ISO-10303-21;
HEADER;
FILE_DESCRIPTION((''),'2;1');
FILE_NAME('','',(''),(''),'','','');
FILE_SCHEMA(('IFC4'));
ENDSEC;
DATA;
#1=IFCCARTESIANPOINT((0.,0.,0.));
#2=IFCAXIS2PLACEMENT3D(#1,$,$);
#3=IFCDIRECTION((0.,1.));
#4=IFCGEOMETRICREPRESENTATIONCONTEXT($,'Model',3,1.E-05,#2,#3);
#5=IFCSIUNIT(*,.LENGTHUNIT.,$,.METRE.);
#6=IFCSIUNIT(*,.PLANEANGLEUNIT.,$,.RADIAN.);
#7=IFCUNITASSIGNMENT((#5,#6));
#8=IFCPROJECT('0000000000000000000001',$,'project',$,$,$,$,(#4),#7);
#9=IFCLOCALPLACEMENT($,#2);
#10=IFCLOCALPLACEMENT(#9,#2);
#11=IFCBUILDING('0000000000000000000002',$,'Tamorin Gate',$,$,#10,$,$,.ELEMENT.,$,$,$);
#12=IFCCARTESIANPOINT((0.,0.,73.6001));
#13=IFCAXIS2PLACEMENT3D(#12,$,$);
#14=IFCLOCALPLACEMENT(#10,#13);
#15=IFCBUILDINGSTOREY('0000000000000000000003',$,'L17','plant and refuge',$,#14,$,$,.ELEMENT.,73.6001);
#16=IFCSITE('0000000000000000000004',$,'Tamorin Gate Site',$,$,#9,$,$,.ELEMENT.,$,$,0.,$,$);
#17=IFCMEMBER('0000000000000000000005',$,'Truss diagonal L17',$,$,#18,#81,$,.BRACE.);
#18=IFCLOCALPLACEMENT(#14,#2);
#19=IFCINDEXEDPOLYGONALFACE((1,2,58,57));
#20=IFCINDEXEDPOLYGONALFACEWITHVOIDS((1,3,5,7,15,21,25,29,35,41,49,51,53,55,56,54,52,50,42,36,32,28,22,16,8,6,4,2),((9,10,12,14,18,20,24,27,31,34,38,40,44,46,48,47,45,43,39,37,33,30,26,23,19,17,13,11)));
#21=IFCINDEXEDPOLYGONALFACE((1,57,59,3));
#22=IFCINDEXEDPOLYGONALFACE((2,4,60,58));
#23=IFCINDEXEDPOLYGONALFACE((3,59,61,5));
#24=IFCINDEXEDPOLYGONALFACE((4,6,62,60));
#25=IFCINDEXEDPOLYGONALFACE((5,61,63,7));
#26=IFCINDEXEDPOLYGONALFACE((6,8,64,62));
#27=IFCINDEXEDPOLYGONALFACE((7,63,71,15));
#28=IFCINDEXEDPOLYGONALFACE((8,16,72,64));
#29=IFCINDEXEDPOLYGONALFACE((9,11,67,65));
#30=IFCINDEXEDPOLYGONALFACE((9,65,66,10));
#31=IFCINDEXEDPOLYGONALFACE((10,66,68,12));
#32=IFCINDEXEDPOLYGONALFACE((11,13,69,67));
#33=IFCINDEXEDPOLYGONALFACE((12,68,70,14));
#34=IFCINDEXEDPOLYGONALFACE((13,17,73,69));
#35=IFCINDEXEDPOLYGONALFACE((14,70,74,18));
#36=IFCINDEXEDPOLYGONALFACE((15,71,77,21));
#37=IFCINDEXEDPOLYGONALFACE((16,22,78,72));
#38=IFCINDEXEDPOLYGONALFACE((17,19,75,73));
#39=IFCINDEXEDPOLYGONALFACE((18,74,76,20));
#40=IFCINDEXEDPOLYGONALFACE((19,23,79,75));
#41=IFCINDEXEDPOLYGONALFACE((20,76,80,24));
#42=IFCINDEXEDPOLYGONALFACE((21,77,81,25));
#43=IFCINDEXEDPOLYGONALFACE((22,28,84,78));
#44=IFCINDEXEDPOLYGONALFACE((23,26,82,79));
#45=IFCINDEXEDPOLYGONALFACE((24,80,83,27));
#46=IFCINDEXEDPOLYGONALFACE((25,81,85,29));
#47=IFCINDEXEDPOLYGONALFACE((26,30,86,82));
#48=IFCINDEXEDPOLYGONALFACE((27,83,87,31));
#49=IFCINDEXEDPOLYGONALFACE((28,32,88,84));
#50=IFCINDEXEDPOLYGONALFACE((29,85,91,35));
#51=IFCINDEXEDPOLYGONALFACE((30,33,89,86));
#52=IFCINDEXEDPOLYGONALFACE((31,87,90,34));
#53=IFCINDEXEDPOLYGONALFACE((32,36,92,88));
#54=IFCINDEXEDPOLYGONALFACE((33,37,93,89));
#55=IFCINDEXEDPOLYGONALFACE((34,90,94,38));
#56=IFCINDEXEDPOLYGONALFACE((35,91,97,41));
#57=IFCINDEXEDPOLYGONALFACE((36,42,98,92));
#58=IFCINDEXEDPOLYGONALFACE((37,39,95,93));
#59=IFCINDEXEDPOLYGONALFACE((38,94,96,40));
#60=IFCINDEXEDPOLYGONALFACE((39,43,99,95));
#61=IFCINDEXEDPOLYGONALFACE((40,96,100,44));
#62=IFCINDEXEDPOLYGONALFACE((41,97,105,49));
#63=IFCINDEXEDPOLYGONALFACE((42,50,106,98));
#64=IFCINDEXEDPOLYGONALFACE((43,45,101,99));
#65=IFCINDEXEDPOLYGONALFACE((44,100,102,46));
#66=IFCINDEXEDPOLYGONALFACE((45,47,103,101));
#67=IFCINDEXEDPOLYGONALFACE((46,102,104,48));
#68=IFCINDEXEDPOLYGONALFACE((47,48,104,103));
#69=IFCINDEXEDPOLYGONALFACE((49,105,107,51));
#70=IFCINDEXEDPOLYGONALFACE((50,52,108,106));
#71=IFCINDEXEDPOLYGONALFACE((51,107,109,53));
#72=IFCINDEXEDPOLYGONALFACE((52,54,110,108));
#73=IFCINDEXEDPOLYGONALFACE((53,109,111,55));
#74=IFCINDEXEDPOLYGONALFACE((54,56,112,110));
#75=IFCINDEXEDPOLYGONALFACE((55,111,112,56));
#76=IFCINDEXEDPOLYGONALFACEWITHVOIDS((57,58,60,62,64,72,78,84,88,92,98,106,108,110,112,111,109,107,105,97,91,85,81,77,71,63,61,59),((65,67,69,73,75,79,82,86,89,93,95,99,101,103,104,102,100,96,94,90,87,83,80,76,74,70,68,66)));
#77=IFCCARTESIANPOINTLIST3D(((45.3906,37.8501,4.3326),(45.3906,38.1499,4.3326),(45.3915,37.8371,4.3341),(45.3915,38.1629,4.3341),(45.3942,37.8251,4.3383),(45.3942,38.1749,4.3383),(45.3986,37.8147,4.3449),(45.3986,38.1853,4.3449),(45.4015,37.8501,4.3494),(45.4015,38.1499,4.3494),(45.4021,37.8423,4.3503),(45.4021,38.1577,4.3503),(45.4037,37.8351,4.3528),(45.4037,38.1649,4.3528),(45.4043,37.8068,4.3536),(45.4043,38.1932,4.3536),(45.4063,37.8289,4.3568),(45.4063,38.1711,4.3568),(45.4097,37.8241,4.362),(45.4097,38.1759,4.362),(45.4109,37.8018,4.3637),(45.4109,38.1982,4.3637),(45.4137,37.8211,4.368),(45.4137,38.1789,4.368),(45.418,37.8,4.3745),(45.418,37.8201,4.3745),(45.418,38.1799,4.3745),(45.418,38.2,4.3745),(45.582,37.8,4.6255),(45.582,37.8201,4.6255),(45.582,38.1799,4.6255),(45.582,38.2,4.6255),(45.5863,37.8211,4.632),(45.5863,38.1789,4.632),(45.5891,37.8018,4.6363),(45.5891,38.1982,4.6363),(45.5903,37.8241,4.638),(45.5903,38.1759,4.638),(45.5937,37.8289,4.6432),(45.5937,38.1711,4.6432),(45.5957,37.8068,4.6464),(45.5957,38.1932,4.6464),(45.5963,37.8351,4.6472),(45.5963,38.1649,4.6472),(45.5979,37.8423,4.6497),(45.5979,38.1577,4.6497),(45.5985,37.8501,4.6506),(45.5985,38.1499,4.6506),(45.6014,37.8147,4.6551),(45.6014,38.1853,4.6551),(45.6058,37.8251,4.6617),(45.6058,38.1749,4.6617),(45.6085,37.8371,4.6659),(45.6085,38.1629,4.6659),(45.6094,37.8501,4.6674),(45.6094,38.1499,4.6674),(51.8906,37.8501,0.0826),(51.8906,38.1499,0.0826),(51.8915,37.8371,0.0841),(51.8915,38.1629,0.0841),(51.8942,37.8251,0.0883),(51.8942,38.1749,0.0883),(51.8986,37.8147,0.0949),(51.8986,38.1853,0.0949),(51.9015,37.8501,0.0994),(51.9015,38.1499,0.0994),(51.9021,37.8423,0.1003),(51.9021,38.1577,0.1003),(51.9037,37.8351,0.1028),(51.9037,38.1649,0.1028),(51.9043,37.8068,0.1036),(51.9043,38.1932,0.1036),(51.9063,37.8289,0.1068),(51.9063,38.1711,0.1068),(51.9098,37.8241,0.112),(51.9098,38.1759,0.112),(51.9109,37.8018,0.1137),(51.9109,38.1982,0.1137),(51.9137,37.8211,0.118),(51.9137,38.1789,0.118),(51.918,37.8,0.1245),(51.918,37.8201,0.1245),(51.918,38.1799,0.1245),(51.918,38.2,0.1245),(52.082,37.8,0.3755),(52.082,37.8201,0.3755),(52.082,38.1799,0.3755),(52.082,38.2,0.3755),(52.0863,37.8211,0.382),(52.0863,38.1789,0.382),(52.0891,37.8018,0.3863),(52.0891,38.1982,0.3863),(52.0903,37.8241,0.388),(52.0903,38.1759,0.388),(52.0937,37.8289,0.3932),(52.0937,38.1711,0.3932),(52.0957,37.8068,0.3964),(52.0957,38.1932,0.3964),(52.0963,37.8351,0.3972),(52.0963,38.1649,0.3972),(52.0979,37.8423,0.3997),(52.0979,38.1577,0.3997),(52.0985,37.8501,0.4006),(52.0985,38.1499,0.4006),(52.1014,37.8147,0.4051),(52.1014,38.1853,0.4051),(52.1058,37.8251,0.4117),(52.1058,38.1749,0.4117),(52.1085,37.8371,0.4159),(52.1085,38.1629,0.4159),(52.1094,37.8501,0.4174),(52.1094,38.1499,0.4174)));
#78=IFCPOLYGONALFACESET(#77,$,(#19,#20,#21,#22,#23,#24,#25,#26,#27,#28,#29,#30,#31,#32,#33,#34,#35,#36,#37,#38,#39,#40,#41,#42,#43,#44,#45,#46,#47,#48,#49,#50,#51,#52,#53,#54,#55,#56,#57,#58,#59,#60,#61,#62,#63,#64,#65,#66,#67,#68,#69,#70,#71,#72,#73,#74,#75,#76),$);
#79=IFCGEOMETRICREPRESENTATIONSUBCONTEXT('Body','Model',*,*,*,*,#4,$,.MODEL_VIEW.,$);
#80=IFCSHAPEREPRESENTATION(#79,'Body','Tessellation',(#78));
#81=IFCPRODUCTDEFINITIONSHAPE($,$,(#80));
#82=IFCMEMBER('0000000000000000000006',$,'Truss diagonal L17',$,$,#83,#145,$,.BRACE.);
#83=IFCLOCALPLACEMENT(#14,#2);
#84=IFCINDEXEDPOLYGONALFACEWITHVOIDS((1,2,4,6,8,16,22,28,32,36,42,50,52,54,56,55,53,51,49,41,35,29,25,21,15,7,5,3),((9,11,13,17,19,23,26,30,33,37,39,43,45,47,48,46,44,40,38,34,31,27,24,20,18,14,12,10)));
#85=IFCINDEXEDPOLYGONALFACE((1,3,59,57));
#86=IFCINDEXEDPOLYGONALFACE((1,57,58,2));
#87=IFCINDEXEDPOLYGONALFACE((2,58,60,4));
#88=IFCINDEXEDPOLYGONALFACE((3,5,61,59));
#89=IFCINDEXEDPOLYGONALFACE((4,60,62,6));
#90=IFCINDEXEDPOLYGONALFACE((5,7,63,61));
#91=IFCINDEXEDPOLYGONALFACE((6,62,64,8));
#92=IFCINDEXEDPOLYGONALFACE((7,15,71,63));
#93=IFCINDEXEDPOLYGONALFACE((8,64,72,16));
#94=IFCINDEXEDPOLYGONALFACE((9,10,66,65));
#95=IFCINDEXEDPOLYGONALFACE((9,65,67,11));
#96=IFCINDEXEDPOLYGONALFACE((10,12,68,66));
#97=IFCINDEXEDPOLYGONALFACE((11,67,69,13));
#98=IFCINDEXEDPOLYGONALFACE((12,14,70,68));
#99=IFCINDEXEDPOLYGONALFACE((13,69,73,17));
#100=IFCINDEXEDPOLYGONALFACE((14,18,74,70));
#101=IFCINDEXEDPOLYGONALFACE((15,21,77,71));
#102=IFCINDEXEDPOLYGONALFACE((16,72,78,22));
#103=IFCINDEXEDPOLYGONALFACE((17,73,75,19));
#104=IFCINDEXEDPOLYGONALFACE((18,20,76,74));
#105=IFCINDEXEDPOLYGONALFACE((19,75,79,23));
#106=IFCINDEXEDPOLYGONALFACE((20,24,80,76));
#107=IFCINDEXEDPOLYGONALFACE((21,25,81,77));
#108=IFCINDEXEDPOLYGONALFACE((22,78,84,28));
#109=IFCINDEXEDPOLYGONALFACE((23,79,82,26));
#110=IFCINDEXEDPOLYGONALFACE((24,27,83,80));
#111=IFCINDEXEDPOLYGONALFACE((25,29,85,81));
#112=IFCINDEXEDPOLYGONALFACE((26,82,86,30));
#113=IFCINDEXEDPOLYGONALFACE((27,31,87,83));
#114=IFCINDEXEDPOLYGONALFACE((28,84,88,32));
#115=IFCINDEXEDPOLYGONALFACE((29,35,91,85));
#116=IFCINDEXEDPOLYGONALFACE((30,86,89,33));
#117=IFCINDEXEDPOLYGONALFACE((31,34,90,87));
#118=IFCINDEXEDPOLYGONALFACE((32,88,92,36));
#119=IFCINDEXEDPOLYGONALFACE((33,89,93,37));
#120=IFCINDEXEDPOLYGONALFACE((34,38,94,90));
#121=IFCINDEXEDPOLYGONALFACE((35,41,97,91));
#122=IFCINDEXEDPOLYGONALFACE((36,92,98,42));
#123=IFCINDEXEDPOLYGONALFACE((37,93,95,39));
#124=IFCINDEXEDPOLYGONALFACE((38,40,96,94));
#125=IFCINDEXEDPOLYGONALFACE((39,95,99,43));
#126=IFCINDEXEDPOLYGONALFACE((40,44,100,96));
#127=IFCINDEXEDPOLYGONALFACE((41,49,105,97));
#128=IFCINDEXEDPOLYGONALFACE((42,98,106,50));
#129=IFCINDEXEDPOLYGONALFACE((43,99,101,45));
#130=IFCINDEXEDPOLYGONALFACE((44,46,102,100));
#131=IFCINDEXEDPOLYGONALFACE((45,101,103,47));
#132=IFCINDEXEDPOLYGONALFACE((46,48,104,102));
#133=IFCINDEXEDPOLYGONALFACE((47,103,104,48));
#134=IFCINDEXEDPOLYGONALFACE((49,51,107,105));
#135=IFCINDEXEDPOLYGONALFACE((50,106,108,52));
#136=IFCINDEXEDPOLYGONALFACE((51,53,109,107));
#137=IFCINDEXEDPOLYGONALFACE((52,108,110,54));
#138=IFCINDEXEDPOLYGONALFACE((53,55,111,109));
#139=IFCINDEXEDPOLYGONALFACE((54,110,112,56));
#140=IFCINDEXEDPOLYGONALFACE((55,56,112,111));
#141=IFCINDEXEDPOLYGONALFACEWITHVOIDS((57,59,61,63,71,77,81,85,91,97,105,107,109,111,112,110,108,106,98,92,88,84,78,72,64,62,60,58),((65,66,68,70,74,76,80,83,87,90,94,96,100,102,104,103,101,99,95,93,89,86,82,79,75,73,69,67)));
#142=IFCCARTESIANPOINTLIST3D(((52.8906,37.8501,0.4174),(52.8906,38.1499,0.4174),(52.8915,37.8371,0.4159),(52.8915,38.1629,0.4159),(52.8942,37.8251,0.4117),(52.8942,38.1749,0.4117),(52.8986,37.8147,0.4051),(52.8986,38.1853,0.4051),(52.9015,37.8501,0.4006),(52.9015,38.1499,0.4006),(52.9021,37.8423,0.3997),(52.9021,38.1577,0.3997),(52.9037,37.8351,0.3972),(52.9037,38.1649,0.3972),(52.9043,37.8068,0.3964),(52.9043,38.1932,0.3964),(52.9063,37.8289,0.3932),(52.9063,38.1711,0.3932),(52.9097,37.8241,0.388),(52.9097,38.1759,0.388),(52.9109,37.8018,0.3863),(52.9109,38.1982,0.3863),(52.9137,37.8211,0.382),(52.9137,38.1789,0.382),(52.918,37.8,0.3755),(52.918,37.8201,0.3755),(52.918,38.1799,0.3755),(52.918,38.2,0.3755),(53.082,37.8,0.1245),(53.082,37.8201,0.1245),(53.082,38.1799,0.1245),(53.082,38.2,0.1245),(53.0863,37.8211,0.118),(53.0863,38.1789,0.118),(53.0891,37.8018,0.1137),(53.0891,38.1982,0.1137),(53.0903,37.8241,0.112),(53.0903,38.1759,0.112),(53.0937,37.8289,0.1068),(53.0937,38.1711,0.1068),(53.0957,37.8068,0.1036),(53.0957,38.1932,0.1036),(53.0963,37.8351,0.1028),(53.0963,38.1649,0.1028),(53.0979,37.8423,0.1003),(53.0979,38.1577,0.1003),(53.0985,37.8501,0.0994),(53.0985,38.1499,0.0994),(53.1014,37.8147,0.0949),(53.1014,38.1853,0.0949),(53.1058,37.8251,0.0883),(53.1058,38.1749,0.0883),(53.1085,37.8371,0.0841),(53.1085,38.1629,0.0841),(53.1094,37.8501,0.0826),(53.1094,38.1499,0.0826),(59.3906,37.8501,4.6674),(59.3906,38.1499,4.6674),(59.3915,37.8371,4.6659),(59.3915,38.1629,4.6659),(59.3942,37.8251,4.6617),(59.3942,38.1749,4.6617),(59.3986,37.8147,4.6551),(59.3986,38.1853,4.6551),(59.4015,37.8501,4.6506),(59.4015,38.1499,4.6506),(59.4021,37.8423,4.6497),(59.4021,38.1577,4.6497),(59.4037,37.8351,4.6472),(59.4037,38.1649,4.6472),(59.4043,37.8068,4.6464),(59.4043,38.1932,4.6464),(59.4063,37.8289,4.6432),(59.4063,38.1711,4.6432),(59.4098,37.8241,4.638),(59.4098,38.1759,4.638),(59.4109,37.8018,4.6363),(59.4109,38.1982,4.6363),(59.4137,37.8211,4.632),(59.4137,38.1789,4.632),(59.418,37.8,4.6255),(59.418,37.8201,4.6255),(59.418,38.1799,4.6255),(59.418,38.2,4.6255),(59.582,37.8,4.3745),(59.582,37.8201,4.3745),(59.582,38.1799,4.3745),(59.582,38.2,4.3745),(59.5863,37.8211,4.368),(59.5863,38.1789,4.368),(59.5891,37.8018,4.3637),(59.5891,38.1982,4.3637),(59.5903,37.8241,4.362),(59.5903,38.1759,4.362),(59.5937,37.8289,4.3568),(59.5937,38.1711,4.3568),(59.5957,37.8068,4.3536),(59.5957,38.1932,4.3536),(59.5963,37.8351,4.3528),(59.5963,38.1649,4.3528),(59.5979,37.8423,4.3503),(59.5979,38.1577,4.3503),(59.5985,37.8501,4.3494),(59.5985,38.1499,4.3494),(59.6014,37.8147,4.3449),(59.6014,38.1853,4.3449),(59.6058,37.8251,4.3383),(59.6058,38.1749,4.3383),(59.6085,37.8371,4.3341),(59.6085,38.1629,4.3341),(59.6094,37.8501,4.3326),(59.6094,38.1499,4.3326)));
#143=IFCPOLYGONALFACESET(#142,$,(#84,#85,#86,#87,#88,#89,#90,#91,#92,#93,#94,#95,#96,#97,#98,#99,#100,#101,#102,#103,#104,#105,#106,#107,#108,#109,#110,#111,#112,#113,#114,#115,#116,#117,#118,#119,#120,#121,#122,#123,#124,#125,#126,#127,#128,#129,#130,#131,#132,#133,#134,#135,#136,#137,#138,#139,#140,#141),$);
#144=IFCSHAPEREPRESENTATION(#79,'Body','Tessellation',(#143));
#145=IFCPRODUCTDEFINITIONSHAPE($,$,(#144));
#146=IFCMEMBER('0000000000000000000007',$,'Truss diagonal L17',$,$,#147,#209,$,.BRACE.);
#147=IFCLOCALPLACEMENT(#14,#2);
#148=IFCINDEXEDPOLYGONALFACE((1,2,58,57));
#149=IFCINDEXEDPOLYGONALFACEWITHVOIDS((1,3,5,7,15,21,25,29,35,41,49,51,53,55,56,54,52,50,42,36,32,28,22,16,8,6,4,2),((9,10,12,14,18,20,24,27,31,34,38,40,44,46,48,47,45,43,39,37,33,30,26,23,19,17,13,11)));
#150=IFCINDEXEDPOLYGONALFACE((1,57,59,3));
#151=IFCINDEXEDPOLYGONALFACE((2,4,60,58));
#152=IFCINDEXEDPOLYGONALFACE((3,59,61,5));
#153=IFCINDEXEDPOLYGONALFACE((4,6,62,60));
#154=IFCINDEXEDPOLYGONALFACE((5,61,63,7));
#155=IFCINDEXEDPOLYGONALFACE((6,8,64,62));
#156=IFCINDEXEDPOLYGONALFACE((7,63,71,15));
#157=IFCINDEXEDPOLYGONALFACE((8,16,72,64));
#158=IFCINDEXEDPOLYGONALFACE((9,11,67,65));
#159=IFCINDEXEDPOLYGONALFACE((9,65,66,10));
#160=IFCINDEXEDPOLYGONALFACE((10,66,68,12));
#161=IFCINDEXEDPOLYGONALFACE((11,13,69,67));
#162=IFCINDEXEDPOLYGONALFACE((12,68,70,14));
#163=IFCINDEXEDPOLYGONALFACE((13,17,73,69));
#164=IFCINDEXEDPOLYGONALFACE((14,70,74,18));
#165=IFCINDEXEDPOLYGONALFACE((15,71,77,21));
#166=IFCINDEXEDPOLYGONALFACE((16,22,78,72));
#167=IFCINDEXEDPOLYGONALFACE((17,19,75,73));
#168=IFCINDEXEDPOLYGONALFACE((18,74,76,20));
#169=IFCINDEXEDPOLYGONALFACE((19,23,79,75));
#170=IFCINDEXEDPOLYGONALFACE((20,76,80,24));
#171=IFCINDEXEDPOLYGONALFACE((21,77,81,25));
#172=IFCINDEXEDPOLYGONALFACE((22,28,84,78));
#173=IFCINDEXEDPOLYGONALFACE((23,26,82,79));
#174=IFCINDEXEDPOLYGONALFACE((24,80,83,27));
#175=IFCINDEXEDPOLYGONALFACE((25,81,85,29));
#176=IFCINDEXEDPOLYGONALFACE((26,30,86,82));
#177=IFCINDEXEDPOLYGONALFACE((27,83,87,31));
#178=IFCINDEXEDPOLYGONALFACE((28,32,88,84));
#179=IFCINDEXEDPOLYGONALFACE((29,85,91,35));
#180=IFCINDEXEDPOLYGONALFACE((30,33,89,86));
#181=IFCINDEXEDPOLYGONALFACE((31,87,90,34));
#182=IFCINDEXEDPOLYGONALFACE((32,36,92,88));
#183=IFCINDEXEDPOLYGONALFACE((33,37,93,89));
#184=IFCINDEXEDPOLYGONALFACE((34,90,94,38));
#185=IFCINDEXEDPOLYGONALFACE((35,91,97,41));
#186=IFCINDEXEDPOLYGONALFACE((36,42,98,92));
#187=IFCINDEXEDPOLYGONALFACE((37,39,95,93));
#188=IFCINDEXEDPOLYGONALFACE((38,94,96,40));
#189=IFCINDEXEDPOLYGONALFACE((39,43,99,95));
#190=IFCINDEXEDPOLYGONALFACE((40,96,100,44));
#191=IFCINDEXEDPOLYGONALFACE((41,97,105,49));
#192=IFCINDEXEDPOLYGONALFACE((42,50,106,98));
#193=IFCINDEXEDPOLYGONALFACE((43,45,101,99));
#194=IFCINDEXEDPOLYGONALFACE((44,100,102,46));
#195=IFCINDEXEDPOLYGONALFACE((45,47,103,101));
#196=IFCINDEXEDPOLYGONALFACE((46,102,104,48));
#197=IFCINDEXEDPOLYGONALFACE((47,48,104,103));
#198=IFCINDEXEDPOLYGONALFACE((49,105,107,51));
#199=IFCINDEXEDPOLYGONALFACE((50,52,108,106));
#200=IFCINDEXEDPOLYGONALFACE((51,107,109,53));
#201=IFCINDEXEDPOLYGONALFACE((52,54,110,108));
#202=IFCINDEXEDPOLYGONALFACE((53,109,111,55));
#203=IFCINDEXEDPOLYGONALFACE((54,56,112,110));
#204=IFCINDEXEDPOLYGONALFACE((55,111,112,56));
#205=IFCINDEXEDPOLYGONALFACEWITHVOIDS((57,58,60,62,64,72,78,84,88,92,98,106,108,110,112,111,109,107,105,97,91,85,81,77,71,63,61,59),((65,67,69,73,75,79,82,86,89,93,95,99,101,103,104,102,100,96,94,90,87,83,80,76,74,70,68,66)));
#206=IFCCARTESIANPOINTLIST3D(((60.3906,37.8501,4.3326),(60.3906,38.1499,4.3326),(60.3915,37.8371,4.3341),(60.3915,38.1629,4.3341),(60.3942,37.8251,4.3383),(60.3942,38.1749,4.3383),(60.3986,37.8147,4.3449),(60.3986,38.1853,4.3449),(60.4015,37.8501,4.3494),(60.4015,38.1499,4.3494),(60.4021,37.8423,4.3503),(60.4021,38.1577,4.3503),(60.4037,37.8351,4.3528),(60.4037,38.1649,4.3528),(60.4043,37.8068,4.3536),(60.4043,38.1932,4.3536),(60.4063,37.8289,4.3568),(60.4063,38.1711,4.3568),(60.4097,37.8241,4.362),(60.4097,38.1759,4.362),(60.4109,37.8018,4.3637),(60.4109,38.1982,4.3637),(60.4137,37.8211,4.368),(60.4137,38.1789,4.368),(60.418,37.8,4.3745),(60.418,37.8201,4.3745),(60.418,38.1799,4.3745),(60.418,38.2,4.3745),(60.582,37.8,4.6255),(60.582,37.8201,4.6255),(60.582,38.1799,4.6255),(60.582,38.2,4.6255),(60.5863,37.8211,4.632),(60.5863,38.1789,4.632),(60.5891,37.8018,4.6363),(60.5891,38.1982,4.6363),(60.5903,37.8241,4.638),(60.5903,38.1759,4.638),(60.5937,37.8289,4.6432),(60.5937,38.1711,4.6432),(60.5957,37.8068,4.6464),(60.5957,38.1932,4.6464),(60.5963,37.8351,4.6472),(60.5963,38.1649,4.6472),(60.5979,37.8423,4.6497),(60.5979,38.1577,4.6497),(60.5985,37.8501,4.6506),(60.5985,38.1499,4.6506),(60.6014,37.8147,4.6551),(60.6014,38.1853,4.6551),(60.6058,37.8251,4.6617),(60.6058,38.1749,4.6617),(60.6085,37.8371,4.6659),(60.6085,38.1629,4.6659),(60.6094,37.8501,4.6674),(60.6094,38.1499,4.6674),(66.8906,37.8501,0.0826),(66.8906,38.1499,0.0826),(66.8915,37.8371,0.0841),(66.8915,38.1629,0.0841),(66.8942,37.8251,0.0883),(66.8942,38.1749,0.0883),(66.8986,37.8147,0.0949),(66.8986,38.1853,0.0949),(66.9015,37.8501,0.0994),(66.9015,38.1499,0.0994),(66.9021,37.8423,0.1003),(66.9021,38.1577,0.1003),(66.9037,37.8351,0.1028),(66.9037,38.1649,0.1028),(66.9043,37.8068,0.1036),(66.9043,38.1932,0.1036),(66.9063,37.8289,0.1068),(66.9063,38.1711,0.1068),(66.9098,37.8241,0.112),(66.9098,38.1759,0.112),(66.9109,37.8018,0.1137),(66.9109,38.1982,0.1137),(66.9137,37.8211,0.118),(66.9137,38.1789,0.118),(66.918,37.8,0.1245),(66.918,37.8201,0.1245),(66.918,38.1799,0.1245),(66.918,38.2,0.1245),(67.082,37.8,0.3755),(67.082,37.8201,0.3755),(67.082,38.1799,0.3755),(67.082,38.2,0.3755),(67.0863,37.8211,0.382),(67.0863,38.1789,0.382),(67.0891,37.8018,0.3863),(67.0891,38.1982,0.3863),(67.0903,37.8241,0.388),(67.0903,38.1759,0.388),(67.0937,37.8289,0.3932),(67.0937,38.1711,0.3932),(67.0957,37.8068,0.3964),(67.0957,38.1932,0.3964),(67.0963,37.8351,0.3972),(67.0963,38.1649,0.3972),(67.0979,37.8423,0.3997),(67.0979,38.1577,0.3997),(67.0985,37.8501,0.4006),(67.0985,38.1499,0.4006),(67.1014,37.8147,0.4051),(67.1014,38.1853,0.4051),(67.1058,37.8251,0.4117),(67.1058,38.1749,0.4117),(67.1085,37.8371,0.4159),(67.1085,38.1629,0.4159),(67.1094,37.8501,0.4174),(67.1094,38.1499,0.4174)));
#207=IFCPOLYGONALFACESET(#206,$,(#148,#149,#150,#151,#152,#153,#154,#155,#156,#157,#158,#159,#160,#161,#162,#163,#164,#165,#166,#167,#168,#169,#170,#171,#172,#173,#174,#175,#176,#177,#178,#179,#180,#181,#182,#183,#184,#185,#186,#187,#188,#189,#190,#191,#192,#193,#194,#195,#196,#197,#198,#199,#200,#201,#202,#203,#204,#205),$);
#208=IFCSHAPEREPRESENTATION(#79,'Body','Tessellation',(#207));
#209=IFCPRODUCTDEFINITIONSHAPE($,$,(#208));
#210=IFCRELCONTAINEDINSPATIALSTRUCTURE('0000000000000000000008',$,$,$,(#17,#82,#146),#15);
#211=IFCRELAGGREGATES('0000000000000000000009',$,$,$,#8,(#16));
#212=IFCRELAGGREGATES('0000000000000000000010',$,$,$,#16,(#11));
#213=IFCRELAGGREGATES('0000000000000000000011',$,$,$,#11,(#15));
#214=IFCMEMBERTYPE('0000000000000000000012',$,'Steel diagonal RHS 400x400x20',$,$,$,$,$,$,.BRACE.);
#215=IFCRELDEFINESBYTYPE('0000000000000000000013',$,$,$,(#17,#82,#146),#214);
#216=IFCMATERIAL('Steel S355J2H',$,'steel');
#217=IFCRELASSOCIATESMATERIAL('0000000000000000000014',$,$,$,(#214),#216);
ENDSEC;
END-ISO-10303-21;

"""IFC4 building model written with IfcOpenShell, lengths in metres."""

from ifc_helpers import new_model, si_unit, direction, frame, origin, origin_2d, place, context, subcontext, project, spatial, hollow_rectangle, extrude, material, material_profile, profile_set, type_object, element, save


model = new_model("IFC4")

# Units and contexts
model_context = context("Model", 3, precision=1e-05, world=origin(), true_north=direction((0.0, 1.0)))
body_context = subcontext(model_context, "Body", "Model", "MODEL_VIEW")
ifc_project = project(units=[si_unit("LENGTHUNIT", "METRE"), si_unit("PLANEANGLEUNIT", "RADIAN")], contexts=[model_context])

# Site, building, storey
site_placement = place(None, origin())
site = spatial("IfcSite", under=ifc_project, at=site_placement, Name="Tamorin Gate Site", CompositionType="ELEMENT", RefElevation=0.0)
building_placement = place(site_placement, origin())
building = spatial("IfcBuilding", under=site, at=building_placement, Name="Tamorin Gate", CompositionType="ELEMENT")
storey_placement = place(building_placement, frame((0.0, 0.0, 73.6001)))
storey = spatial("IfcBuildingStorey", under=building, at=storey_placement, Name="L17", Description="plant and refuge", CompositionType="ELEMENT", Elevation=73.6001)

# Members
ifc_material_1 = material(Name="Steel S355J2H", Category="steel")
ifc_material_profile_1 = material_profile(ifc_material_1, hollow_rectangle(XDim=0.3999, YDim=0.3999, WallThickness=0.02, InnerFilletRadius=0.03, OuterFilletRadius=0.05, at=origin_2d()), Name="RHS 400x400x20")
ifc_profile_set_1 = profile_set([ifc_material_profile_1], Name="Steel S355J2H")
member_type_1 = type_object("IfcMemberType", Name="Steel diagonal RHS 400x400x20", PredefinedType="BRACE", material=ifc_profile_set_1)
for number, where, z_axis, x_axis, name in (
    (1, (45.5, 38.0, 4.5), (0.83697, 0.0, -0.547249), (0.0, 1.0, 0.0), "Truss diagonal L17"),
    (2, (53.0, 38.0, 0.25), (0.83697, 0.0, 0.547249), (0.0, 1.0, 0.0), "Truss diagonal L17"),
    (3, (60.5, 38.0, 4.5), (0.83697, 0.0, -0.547249), (0.0, 1.0, 0.0), "Truss diagonal L17"),
):
    element("IfcMember", number, at=place(storey_placement, frame(where, z_axis=z_axis, x_axis=x_axis)), inside=storey, type_object=member_type_1, Name=name, PredefinedType="BRACE", context=body_context, shape_type="SweptSolid", body=[
        extrude(hollow_rectangle(XDim=0.3999, YDim=0.3999, WallThickness=0.02, InnerFilletRadius=0.03, OuterFilletRadius=0.05, at=origin_2d()), origin(), (0.0, 0.0, 1.0), 7.7661),
    ])

save(model, "model.ifc")
